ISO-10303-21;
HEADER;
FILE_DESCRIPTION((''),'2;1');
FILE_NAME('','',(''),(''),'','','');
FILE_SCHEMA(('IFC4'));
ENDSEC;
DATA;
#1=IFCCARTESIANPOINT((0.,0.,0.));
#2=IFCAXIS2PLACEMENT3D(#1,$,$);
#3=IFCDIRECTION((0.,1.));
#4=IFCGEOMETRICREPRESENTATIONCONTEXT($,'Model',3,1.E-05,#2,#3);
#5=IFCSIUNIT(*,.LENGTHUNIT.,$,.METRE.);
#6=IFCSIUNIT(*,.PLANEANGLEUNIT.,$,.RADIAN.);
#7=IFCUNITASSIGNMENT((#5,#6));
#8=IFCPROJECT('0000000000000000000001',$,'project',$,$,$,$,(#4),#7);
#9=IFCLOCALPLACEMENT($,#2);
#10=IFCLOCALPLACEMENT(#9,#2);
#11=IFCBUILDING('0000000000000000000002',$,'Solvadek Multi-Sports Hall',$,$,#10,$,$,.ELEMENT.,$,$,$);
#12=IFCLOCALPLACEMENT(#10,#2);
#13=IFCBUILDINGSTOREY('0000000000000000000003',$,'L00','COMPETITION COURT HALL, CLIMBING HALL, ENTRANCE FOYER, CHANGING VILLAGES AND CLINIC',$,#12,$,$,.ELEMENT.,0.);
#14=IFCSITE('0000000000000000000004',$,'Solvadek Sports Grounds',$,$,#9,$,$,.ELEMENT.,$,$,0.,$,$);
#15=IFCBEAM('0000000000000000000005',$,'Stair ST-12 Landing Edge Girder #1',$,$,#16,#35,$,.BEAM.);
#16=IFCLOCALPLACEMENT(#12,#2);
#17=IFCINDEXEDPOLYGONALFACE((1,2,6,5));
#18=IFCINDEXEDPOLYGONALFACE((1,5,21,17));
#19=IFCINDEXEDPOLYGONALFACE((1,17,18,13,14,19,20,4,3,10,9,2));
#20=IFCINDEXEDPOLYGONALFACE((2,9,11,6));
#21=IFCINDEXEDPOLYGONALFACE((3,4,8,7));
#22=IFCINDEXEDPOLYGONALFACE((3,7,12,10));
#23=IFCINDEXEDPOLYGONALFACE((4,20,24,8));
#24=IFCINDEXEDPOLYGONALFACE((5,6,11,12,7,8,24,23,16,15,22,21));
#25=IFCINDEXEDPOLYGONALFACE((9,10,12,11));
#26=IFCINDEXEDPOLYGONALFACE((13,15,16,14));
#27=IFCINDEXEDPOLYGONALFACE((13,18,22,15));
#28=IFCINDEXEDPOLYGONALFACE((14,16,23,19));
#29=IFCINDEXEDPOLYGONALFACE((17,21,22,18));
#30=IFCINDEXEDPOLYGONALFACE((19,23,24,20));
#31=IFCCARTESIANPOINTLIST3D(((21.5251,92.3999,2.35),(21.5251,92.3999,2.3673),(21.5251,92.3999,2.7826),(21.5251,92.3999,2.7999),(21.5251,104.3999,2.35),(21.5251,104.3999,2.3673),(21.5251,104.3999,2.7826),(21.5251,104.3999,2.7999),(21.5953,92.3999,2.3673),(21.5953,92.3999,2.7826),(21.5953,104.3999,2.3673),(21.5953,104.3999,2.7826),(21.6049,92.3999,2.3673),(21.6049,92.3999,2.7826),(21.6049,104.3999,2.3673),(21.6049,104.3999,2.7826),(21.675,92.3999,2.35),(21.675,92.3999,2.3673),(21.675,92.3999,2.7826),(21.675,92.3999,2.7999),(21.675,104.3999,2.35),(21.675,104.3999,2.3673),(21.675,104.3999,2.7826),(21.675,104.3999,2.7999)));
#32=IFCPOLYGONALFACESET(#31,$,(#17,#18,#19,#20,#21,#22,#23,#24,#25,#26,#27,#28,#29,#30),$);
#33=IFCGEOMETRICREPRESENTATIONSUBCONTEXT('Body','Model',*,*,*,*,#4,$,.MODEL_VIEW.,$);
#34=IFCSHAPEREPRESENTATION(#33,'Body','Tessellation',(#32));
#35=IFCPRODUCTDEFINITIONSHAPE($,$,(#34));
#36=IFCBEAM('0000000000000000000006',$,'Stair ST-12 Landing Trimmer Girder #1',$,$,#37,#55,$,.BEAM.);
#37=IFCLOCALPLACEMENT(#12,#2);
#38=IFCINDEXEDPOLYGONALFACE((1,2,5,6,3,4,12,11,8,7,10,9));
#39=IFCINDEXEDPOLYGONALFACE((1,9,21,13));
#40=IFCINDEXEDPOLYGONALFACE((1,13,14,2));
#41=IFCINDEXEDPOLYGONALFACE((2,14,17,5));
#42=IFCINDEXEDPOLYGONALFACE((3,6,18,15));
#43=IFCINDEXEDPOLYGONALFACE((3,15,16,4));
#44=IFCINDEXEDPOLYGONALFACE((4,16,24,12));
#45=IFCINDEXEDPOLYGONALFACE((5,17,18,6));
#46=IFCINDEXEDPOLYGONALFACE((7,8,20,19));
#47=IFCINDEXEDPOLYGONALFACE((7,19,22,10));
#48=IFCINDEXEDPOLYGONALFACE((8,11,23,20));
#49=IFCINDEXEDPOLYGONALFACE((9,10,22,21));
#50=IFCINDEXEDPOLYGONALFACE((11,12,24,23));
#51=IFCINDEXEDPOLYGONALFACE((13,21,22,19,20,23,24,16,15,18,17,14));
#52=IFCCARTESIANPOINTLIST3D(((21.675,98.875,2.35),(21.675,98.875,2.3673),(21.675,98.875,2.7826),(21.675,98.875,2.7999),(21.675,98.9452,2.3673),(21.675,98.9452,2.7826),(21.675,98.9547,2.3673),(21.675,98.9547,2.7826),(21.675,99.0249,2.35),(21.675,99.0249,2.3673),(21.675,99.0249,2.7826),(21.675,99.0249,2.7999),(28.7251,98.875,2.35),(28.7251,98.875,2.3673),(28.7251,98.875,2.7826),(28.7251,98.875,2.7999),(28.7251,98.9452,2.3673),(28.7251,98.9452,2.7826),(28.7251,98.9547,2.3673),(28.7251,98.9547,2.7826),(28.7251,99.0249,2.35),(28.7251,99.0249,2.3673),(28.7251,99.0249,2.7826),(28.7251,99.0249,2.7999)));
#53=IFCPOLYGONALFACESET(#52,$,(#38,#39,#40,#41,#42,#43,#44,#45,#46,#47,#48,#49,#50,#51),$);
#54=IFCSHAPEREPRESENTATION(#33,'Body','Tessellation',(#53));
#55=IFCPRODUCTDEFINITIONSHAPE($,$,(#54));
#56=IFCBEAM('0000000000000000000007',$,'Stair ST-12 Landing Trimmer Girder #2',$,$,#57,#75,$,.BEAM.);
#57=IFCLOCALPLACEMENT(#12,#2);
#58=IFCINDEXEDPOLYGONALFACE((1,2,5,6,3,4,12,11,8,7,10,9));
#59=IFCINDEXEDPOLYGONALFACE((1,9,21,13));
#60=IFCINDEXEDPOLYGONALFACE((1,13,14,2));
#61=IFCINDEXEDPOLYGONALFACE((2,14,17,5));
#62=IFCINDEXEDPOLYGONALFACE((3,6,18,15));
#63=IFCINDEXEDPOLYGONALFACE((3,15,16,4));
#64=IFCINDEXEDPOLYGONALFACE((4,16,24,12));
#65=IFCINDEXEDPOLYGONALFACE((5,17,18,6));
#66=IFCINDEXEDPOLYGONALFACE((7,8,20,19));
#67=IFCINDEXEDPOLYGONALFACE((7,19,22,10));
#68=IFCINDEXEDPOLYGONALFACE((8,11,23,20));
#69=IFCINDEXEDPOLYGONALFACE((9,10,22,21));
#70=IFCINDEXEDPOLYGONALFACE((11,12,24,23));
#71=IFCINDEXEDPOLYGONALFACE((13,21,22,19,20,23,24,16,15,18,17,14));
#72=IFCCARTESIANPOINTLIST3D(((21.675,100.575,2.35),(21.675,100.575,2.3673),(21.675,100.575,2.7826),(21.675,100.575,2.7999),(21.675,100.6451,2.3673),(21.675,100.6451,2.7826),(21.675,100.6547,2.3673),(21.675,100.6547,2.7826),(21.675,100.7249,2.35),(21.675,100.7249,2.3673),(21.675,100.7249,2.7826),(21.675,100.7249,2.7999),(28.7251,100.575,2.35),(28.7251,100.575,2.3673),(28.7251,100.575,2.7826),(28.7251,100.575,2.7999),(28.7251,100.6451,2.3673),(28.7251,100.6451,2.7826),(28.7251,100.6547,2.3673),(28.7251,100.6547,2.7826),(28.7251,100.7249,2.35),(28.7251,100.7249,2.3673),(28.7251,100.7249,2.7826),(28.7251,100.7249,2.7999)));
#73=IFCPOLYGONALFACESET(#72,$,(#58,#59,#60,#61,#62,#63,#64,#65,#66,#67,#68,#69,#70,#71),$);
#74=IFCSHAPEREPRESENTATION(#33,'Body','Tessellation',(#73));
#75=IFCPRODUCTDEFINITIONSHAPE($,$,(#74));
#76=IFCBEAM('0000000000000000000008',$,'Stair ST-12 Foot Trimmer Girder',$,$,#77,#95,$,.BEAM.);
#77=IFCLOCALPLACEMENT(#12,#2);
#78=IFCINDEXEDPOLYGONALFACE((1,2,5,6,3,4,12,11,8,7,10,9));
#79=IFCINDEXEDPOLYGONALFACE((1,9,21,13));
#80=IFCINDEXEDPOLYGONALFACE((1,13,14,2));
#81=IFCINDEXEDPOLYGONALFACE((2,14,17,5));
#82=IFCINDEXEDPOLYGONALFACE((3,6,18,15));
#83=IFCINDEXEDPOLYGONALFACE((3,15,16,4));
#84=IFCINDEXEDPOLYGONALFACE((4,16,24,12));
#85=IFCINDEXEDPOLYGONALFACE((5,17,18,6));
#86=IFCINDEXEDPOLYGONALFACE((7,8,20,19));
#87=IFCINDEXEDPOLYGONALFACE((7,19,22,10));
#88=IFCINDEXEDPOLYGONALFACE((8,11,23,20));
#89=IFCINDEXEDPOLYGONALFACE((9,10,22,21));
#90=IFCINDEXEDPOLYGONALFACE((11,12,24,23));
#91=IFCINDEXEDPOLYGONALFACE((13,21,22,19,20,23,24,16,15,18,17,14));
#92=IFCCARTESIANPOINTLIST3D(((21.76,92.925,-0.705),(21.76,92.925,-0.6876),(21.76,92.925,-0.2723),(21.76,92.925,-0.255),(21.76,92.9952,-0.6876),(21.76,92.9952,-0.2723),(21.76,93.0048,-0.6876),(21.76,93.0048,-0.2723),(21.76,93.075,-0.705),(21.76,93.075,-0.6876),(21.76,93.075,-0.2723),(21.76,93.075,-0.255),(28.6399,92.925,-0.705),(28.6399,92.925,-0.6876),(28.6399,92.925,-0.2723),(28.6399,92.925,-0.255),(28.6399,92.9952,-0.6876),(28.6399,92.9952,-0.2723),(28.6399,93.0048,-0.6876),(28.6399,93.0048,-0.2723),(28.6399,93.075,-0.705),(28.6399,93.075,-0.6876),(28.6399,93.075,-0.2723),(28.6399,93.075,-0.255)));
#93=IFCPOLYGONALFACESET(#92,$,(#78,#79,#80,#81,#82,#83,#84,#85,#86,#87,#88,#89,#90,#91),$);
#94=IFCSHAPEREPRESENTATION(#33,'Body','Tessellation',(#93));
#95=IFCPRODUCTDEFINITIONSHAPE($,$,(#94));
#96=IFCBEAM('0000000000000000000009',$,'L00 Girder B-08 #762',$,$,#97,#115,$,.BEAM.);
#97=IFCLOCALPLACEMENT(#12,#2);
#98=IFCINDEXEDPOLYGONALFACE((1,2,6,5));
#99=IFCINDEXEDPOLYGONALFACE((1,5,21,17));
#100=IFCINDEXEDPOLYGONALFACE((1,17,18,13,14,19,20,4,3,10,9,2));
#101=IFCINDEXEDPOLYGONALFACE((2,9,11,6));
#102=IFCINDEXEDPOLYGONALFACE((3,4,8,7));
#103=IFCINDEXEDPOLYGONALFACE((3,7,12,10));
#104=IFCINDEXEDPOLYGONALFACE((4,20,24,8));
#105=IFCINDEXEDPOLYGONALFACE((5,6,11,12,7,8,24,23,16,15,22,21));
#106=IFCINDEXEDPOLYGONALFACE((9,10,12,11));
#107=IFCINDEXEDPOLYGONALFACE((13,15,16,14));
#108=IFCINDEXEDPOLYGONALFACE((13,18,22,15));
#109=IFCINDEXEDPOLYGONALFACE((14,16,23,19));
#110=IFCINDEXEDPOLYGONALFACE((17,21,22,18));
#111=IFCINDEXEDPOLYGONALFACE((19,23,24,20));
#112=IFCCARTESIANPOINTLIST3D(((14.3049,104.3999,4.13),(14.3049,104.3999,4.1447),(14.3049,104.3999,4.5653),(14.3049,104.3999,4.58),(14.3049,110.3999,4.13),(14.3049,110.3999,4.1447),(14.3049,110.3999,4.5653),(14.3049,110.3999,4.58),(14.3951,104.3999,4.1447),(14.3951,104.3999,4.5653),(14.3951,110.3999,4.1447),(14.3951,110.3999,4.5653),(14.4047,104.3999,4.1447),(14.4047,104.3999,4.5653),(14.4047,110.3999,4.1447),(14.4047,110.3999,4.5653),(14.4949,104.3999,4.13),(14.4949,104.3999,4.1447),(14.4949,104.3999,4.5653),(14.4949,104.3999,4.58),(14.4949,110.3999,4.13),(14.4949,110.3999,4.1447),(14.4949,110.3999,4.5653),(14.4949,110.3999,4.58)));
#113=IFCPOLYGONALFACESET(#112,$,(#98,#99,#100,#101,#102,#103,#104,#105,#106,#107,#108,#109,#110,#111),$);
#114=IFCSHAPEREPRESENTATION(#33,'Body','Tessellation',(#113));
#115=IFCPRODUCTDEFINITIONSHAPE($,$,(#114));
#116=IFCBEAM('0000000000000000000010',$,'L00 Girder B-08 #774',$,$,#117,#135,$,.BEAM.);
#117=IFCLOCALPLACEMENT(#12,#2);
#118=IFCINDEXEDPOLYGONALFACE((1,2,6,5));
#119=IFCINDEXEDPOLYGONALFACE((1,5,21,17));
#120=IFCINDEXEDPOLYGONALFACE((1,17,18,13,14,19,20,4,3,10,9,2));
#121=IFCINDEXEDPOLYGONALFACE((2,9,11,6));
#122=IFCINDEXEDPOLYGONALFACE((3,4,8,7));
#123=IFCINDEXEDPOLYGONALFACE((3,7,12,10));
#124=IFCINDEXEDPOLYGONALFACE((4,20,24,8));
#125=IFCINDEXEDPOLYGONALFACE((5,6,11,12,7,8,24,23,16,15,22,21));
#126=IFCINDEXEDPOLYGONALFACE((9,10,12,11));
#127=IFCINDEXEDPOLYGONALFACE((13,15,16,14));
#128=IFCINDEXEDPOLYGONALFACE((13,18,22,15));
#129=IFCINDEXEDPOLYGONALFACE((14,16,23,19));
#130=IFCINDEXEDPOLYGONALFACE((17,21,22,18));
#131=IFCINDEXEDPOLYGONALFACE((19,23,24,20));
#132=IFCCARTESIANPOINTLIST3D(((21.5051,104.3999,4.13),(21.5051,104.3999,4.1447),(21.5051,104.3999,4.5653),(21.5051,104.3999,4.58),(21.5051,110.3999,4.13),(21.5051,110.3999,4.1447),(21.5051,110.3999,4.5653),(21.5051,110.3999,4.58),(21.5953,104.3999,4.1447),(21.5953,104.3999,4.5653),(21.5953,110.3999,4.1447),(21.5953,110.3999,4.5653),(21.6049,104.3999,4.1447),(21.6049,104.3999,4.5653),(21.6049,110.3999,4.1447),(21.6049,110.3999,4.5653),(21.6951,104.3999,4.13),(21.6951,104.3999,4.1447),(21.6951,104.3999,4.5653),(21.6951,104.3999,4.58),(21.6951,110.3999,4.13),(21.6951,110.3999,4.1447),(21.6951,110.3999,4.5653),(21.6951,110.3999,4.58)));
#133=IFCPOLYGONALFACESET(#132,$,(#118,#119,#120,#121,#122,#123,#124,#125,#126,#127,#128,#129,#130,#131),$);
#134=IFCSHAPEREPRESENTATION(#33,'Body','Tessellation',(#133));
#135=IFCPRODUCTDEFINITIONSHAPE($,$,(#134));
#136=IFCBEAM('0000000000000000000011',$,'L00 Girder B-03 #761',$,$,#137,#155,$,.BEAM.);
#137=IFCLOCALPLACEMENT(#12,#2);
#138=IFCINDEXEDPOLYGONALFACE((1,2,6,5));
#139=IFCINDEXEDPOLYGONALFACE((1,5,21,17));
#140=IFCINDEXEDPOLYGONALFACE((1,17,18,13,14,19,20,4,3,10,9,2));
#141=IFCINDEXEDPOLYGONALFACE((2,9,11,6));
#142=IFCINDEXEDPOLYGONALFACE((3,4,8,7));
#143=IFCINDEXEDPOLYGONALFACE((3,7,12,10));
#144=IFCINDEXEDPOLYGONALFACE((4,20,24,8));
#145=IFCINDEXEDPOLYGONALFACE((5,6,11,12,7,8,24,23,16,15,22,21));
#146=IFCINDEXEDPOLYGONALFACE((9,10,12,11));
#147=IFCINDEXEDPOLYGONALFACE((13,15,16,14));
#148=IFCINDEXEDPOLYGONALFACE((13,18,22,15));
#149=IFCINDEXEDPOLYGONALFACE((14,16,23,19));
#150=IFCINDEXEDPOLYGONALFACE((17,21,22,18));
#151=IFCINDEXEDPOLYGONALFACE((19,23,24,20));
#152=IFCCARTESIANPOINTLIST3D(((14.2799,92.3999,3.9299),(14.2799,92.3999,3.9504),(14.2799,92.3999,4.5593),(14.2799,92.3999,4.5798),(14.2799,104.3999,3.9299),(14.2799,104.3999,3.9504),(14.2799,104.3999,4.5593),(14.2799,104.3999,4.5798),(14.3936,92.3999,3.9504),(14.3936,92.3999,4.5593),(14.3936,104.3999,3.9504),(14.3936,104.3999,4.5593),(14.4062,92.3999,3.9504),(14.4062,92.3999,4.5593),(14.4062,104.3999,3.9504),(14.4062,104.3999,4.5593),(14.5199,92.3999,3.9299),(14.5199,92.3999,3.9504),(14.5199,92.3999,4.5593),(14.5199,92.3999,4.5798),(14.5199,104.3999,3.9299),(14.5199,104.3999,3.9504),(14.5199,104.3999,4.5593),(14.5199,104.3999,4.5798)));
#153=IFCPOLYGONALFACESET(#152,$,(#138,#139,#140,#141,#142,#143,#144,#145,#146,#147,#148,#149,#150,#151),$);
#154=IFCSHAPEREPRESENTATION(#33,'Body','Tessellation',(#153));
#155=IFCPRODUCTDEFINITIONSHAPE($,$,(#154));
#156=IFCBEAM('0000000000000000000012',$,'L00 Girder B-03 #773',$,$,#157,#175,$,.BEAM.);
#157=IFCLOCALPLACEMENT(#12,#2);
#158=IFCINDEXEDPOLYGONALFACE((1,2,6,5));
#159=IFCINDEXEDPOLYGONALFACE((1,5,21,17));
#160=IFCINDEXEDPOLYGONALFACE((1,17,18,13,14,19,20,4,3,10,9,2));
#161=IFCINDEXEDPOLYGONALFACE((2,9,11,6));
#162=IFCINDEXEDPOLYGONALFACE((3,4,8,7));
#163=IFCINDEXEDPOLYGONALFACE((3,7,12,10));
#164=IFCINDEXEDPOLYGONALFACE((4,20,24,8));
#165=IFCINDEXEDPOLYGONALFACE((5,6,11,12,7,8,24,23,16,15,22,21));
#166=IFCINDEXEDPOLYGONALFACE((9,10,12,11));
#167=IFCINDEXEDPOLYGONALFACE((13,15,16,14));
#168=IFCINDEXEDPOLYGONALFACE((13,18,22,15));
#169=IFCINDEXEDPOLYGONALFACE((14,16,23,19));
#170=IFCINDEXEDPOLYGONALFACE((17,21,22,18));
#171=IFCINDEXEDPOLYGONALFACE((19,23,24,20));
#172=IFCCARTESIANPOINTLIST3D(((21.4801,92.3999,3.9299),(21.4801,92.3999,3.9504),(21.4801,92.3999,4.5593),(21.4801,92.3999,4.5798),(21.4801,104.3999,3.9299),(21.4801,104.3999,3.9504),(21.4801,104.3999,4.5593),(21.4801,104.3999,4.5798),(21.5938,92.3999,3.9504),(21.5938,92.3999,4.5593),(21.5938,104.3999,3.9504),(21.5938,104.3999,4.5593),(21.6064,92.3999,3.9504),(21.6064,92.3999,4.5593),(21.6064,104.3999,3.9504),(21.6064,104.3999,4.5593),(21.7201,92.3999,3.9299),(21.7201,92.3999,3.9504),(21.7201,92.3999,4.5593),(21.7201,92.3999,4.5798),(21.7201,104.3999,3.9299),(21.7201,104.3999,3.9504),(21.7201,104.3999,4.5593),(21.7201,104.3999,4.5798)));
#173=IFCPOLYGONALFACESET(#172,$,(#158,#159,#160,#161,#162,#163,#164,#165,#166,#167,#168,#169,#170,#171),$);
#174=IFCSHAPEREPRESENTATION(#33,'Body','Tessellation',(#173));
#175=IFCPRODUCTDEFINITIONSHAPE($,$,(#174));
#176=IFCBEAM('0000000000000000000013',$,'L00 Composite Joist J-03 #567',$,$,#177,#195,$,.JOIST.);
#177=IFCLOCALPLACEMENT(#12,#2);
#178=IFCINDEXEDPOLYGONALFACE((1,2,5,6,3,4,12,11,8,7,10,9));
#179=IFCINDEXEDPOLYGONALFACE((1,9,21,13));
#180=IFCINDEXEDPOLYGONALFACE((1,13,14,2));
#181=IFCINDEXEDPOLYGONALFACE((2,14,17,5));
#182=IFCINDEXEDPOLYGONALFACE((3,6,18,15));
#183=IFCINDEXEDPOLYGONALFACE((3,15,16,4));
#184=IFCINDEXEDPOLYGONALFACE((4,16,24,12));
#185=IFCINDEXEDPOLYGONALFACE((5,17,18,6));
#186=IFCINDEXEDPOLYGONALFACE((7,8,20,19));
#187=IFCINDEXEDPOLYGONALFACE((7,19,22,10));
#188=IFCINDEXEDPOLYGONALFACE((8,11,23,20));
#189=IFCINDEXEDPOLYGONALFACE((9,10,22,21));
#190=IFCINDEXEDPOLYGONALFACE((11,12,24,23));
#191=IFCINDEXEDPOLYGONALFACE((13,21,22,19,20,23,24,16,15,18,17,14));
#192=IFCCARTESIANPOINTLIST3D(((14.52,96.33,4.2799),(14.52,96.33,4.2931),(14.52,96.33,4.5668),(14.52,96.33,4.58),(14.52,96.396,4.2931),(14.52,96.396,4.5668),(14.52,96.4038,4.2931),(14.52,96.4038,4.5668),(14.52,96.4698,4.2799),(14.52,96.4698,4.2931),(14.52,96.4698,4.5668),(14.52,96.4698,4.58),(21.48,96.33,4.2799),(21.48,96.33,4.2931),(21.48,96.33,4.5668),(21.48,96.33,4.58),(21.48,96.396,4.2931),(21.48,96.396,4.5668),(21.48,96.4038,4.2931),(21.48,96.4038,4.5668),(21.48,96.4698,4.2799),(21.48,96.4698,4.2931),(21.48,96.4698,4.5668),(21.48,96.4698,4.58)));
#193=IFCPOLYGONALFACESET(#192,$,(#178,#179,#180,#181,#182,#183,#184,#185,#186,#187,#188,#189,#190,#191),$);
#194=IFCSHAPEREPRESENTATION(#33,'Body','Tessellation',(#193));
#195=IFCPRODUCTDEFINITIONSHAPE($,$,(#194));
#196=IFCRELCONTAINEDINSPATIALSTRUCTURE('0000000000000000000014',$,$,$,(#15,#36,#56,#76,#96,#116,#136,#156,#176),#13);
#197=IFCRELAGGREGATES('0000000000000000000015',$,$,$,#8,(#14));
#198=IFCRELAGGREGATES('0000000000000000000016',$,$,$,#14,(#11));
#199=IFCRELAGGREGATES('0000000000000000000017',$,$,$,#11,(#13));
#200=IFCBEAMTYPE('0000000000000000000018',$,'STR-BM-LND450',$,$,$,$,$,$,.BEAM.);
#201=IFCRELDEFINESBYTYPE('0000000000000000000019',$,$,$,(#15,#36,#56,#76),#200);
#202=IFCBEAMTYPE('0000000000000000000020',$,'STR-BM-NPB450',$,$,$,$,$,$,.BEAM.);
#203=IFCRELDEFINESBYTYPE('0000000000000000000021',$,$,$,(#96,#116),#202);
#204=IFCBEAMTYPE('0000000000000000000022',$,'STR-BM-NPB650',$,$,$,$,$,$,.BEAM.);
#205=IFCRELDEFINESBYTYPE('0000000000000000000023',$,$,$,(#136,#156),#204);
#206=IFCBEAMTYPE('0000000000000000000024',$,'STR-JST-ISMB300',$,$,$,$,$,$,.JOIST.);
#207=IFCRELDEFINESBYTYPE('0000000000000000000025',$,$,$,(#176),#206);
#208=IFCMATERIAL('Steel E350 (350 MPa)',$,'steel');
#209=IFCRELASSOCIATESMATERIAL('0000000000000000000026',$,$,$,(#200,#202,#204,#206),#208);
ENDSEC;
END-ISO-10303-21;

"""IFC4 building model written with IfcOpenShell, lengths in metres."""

from ifc_helpers import new_model, si_unit, direction, frame, origin, origin_2d, place, context, subcontext, project, spatial, i_section, extrude, material, material_profile, profile_set, type_object, element, save


model = new_model("IFC4")

# Units and contexts
model_context = context("Model", 3, precision=1e-05, world=origin(), true_north=direction((0.0, 1.0)))
body_context = subcontext(model_context, "Body", "Model", "MODEL_VIEW")
ifc_project = project(units=[si_unit("LENGTHUNIT", "METRE"), si_unit("PLANEANGLEUNIT", "RADIAN")], contexts=[model_context])

# Site, building, storey
site_placement = place(None, origin())
site = spatial("IfcSite", under=ifc_project, at=site_placement, Name="Solvadek Sports Grounds", CompositionType="ELEMENT", RefElevation=0.0)
building_placement = place(site_placement, origin())
building = spatial("IfcBuilding", under=site, at=building_placement, Name="Solvadek Multi-Sports Hall", CompositionType="ELEMENT")
storey_placement = place(building_placement, origin())
storey = spatial("IfcBuildingStorey", under=building, at=storey_placement, Name="L00", Description="COMPETITION COURT HALL, CLIMBING HALL, ENTRANCE FOYER, CHANGING VILLAGES AND CLINIC", CompositionType="ELEMENT", Elevation=0.0)

# Shared definitions
ifc_material_1 = material(Name="Steel E350 (350 MPa)", Category="steel")

# Beams
ifc_material_profile_1 = material_profile(ifc_material_1, i_section(OverallWidth=0.1499, OverallDepth=0.45, WebThickness=0.0095, FlangeThickness=0.0173, at=origin_2d()), Name="ISMB 450")
ifc_profile_set_1 = profile_set([ifc_material_profile_1], Name="Steel E350 (350 MPa)")
beam_type_1 = type_object("IfcBeamType", Name="STR-BM-LND450", PredefinedType="BEAM", material=ifc_profile_set_1)
beam_1_placement = place(storey_placement, frame((21.6001, 92.3999, 2.575), z_axis=(0.0, 1.0, 0.0), x_axis=(-1.0, 0.0, 0.0)))
element("IfcBeam", 1, at=beam_1_placement, inside=storey, type_object=beam_type_1, Name="Stair ST-12 Landing Edge Girder #1", PredefinedType="BEAM", context=body_context, shape_type="SweptSolid", body=[
    extrude(i_section(OverallWidth=0.1499, OverallDepth=0.45, WebThickness=0.0095, FlangeThickness=0.0173, at=origin_2d()), origin(), (0.0, 0.0, 1.0), 12.0),
])
for number, where, z_axis, x_axis, name in (
    (2, (21.675, 98.95, 2.575), (1.0, 0.0, 0.0), (0.0, 1.0, 0.0), "Stair ST-12 Landing Trimmer Girder #1"),
    (3, (21.675, 100.6499, 2.575), (1.0, 0.0, 0.0), (0.0, 1.0, 0.0), "Stair ST-12 Landing Trimmer Girder #2"),
):
    element("IfcBeam", number, at=place(storey_placement, frame(where, z_axis=z_axis, x_axis=x_axis)), inside=storey, type_object=beam_type_1, Name=name, PredefinedType="BEAM", context=body_context, shape_type="SweptSolid", body=[
        extrude(i_section(OverallWidth=0.1499, OverallDepth=0.45, WebThickness=0.0095, FlangeThickness=0.0173, at=origin_2d()), origin(), (0.0, 0.0, 1.0), 7.05),
    ])
beam_2_placement = place(storey_placement, frame((21.76, 93.0, -0.48), z_axis=(1.0, 0.0, 0.0), x_axis=(0.0, 1.0, 0.0)))
element("IfcBeam", 4, at=beam_2_placement, inside=storey, type_object=beam_type_1, Name="Stair ST-12 Foot Trimmer Girder", PredefinedType="BEAM", context=body_context, shape_type="SweptSolid", body=[
    extrude(i_section(OverallWidth=0.1499, OverallDepth=0.45, WebThickness=0.0095, FlangeThickness=0.0173, at=origin_2d()), origin(), (0.0, 0.0, 1.0), 6.8799),
])
ifc_material_profile_2 = material_profile(ifc_material_1, i_section(OverallWidth=0.1899, OverallDepth=0.45, WebThickness=0.0095, FlangeThickness=0.0146, at=origin_2d()), Name="NPB 450")
ifc_profile_set_2 = profile_set([ifc_material_profile_2], Name="Steel E350 (350 MPa)")
beam_type_2 = type_object("IfcBeamType", Name="STR-BM-NPB450", PredefinedType="BEAM", material=ifc_profile_set_2)
for number, where, z_axis, x_axis, name in (
    (5, (14.3999, 104.3999, 4.355), (0.0, 1.0, 0.0), (-1.0, 0.0, 0.0), "L00 Girder B-08 #762"),
    (6, (21.6001, 104.3999, 4.355), (0.0, 1.0, 0.0), (-1.0, 0.0, 0.0), "L00 Girder B-08 #774"),
):
    element("IfcBeam", number, at=place(storey_placement, frame(where, z_axis=z_axis, x_axis=x_axis)), inside=storey, type_object=beam_type_2, Name=name, PredefinedType="BEAM", context=body_context, shape_type="SweptSolid", body=[
        extrude(i_section(OverallWidth=0.1899, OverallDepth=0.45, WebThickness=0.0095, FlangeThickness=0.0146, at=origin_2d()), origin(), (0.0, 0.0, 1.0), 6.0),
    ])
ifc_material_profile_3 = material_profile(ifc_material_1, i_section(OverallWidth=0.24, OverallDepth=0.6499, WebThickness=0.0127, FlangeThickness=0.0205, at=origin_2d()), Name="NPB 650")
ifc_profile_set_3 = profile_set([ifc_material_profile_3], Name="Steel E350 (350 MPa)")
beam_type_3 = type_object("IfcBeamType", Name="STR-BM-NPB650", PredefinedType="BEAM", material=ifc_profile_set_3)
for number, where, z_axis, x_axis, name in (
    (7, (14.3999, 92.3999, 4.2549), (0.0, 1.0, 0.0), (-1.0, 0.0, 0.0), "L00 Girder B-03 #761"),
    (8, (21.6001, 92.3999, 4.2549), (0.0, 1.0, 0.0), (-1.0, 0.0, 0.0), "L00 Girder B-03 #773"),
):
    element("IfcBeam", number, at=place(storey_placement, frame(where, z_axis=z_axis, x_axis=x_axis)), inside=storey, type_object=beam_type_3, Name=name, PredefinedType="BEAM", context=body_context, shape_type="SweptSolid", body=[
        extrude(i_section(OverallWidth=0.24, OverallDepth=0.6499, WebThickness=0.0127, FlangeThickness=0.0205, at=origin_2d()), origin(), (0.0, 0.0, 1.0), 12.0),
    ])
ifc_material_profile_4 = material_profile(ifc_material_1, i_section(OverallWidth=0.1399, OverallDepth=0.3, WebThickness=0.0078, FlangeThickness=0.0132, at=origin_2d()), Name="ISMB 300")
ifc_profile_set_4 = profile_set([ifc_material_profile_4], Name="Steel E350 (350 MPa)")
beam_type_4 = type_object("IfcBeamType", Name="STR-JST-ISMB300", PredefinedType="JOIST", material=ifc_profile_set_4)
for number, where, z_axis, x_axis, name in (
    (9, (14.52, 96.3999, 4.4299), (1.0, 0.0, 0.0), (0.0, 1.0, 0.0), "L00 Composite Joist J-03 #567"),
):
    element("IfcBeam", number, at=place(storey_placement, frame(where, z_axis=z_axis, x_axis=x_axis)), inside=storey, type_object=beam_type_4, Name=name, PredefinedType="JOIST", context=body_context, shape_type="SweptSolid", body=[
        extrude(i_section(OverallWidth=0.1399, OverallDepth=0.3, WebThickness=0.0078, FlangeThickness=0.0132, at=origin_2d()), origin(), (0.0, 0.0, 1.0), 6.96),
    ])

save(model, "model.ifc")
